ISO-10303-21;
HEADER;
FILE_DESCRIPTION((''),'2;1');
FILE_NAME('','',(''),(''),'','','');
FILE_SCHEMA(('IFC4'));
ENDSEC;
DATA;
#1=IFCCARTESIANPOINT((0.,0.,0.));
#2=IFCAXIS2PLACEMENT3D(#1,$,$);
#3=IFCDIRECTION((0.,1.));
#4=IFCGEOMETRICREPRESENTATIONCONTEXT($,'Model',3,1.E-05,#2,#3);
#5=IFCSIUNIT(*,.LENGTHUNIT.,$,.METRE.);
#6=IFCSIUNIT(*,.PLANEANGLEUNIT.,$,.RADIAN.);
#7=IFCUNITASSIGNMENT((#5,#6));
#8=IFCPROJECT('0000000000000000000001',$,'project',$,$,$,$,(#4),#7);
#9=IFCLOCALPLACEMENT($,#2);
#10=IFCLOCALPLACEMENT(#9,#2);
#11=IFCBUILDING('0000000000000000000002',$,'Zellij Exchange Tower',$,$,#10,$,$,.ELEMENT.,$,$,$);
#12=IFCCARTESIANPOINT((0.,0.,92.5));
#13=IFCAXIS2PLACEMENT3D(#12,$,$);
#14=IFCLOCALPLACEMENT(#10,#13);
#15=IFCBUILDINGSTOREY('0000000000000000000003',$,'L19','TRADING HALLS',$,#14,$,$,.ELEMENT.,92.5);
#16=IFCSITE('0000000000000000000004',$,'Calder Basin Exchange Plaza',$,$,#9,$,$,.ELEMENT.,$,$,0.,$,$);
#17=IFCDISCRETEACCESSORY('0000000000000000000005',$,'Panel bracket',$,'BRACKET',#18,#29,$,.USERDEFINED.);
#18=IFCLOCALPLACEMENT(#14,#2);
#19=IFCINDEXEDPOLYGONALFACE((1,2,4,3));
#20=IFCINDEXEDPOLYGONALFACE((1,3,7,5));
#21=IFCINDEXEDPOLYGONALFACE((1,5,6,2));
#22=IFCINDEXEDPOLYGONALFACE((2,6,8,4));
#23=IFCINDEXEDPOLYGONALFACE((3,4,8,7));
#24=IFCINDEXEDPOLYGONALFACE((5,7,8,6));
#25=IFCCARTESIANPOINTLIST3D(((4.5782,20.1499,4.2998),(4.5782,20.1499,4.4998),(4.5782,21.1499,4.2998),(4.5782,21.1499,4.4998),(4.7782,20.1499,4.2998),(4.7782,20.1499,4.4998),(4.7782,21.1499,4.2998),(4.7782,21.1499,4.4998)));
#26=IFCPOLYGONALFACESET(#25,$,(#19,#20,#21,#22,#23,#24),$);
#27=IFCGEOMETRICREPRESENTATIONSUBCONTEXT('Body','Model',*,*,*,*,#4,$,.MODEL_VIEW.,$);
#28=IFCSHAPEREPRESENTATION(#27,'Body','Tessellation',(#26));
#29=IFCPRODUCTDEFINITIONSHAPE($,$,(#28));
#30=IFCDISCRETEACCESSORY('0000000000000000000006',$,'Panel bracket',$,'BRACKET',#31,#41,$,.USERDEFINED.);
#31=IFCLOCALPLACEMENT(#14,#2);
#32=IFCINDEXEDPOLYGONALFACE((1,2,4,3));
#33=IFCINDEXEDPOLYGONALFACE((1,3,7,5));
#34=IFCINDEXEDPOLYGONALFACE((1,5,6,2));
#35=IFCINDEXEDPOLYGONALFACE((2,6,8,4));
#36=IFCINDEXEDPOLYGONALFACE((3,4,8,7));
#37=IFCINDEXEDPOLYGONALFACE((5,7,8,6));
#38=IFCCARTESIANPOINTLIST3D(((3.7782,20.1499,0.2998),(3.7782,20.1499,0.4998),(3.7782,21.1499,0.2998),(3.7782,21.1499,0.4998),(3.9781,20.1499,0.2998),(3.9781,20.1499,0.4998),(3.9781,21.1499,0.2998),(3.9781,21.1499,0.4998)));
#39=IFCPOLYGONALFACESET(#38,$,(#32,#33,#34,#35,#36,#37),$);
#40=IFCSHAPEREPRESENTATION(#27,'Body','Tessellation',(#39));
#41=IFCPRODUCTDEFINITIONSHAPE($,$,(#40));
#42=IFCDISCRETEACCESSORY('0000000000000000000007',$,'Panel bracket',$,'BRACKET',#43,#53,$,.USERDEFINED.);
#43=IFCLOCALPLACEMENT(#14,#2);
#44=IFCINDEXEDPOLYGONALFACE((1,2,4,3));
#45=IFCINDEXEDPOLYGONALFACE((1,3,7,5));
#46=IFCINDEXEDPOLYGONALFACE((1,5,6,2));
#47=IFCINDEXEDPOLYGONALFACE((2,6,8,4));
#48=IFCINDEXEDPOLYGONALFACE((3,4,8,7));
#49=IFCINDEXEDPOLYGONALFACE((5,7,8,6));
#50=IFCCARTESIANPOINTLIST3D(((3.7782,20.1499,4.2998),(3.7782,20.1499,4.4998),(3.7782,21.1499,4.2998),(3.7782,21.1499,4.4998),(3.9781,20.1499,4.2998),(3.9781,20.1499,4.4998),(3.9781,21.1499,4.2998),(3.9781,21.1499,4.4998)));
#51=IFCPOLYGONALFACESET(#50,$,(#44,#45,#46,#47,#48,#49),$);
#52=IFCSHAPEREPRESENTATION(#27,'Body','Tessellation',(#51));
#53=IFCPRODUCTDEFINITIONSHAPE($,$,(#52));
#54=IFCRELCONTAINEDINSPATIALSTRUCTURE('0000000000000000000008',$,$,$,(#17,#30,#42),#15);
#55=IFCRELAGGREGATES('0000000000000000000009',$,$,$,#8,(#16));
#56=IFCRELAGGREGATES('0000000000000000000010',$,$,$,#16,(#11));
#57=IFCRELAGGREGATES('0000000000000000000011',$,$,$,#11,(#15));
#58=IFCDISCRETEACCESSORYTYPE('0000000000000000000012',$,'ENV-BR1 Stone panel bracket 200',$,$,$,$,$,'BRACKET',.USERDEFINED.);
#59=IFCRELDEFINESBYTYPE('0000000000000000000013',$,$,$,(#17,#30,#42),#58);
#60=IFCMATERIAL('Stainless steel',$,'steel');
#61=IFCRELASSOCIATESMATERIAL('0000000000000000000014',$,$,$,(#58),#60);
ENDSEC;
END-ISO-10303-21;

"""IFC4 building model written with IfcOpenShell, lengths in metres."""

from ifc_helpers import new_model, si_unit, direction, frame, origin, origin_2d, place, context, subcontext, project, spatial, rectangle, extrude, material, type_object, element, save


model = new_model("IFC4")

# Units and contexts
model_context = context("Model", 3, precision=1e-05, world=origin(), true_north=direction((0.0, 1.0)))
body_context = subcontext(model_context, "Body", "Model", "MODEL_VIEW")
ifc_project = project(units=[si_unit("LENGTHUNIT", "METRE"), si_unit("PLANEANGLEUNIT", "RADIAN")], contexts=[model_context])

# Site, building, storey
site_placement = place(None, origin())
site = spatial("IfcSite", under=ifc_project, at=site_placement, Name="Calder Basin Exchange Plaza", CompositionType="ELEMENT", RefElevation=0.0)
building_placement = place(site_placement, origin())
building = spatial("IfcBuilding", under=site, at=building_placement, Name="Zellij Exchange Tower", CompositionType="ELEMENT")
storey_placement = place(building_placement, frame((0.0, 0.0, 92.5)))
storey = spatial("IfcBuildingStorey", under=building, at=storey_placement, Name="L19", Description="TRADING HALLS", CompositionType="ELEMENT", Elevation=92.5)

# Discrete accessories
ifc_material_1 = material(Name="Stainless steel", Category="steel")
discrete_accessory_type = type_object("IfcDiscreteAccessoryType", Name="ENV-BR1 Stone panel bracket 200", ElementType="BRACKET", PredefinedType="USERDEFINED", material=ifc_material_1)
for number, where, z_axis, x_axis, name in (
    (1, (4.6782, 20.6499, 4.2998), (0.0, 0.0, 1.0), (-1.0, 0.0, 0.0), "Panel bracket"),
    (2, (3.8782, 20.6499, 0.2998), (0.0, 0.0, 1.0), (-1.0, 0.0, 0.0), "Panel bracket"),
    (3, (3.8782, 20.6499, 4.2998), (0.0, 0.0, 1.0), (-1.0, 0.0, 0.0), "Panel bracket"),
):
    element("IfcDiscreteAccessory", number, at=place(storey_placement, frame(where, z_axis=z_axis, x_axis=x_axis)), inside=storey, type_object=discrete_accessory_type, Name=name, ObjectType="BRACKET", PredefinedType="USERDEFINED", context=body_context, shape_type="SweptSolid", body=[
        extrude(rectangle(XDim=0.2, YDim=1.0, at=origin_2d()), origin(), (0.0, 0.0, 1.0), 0.2),
    ])

save(model, "model.ifc")
